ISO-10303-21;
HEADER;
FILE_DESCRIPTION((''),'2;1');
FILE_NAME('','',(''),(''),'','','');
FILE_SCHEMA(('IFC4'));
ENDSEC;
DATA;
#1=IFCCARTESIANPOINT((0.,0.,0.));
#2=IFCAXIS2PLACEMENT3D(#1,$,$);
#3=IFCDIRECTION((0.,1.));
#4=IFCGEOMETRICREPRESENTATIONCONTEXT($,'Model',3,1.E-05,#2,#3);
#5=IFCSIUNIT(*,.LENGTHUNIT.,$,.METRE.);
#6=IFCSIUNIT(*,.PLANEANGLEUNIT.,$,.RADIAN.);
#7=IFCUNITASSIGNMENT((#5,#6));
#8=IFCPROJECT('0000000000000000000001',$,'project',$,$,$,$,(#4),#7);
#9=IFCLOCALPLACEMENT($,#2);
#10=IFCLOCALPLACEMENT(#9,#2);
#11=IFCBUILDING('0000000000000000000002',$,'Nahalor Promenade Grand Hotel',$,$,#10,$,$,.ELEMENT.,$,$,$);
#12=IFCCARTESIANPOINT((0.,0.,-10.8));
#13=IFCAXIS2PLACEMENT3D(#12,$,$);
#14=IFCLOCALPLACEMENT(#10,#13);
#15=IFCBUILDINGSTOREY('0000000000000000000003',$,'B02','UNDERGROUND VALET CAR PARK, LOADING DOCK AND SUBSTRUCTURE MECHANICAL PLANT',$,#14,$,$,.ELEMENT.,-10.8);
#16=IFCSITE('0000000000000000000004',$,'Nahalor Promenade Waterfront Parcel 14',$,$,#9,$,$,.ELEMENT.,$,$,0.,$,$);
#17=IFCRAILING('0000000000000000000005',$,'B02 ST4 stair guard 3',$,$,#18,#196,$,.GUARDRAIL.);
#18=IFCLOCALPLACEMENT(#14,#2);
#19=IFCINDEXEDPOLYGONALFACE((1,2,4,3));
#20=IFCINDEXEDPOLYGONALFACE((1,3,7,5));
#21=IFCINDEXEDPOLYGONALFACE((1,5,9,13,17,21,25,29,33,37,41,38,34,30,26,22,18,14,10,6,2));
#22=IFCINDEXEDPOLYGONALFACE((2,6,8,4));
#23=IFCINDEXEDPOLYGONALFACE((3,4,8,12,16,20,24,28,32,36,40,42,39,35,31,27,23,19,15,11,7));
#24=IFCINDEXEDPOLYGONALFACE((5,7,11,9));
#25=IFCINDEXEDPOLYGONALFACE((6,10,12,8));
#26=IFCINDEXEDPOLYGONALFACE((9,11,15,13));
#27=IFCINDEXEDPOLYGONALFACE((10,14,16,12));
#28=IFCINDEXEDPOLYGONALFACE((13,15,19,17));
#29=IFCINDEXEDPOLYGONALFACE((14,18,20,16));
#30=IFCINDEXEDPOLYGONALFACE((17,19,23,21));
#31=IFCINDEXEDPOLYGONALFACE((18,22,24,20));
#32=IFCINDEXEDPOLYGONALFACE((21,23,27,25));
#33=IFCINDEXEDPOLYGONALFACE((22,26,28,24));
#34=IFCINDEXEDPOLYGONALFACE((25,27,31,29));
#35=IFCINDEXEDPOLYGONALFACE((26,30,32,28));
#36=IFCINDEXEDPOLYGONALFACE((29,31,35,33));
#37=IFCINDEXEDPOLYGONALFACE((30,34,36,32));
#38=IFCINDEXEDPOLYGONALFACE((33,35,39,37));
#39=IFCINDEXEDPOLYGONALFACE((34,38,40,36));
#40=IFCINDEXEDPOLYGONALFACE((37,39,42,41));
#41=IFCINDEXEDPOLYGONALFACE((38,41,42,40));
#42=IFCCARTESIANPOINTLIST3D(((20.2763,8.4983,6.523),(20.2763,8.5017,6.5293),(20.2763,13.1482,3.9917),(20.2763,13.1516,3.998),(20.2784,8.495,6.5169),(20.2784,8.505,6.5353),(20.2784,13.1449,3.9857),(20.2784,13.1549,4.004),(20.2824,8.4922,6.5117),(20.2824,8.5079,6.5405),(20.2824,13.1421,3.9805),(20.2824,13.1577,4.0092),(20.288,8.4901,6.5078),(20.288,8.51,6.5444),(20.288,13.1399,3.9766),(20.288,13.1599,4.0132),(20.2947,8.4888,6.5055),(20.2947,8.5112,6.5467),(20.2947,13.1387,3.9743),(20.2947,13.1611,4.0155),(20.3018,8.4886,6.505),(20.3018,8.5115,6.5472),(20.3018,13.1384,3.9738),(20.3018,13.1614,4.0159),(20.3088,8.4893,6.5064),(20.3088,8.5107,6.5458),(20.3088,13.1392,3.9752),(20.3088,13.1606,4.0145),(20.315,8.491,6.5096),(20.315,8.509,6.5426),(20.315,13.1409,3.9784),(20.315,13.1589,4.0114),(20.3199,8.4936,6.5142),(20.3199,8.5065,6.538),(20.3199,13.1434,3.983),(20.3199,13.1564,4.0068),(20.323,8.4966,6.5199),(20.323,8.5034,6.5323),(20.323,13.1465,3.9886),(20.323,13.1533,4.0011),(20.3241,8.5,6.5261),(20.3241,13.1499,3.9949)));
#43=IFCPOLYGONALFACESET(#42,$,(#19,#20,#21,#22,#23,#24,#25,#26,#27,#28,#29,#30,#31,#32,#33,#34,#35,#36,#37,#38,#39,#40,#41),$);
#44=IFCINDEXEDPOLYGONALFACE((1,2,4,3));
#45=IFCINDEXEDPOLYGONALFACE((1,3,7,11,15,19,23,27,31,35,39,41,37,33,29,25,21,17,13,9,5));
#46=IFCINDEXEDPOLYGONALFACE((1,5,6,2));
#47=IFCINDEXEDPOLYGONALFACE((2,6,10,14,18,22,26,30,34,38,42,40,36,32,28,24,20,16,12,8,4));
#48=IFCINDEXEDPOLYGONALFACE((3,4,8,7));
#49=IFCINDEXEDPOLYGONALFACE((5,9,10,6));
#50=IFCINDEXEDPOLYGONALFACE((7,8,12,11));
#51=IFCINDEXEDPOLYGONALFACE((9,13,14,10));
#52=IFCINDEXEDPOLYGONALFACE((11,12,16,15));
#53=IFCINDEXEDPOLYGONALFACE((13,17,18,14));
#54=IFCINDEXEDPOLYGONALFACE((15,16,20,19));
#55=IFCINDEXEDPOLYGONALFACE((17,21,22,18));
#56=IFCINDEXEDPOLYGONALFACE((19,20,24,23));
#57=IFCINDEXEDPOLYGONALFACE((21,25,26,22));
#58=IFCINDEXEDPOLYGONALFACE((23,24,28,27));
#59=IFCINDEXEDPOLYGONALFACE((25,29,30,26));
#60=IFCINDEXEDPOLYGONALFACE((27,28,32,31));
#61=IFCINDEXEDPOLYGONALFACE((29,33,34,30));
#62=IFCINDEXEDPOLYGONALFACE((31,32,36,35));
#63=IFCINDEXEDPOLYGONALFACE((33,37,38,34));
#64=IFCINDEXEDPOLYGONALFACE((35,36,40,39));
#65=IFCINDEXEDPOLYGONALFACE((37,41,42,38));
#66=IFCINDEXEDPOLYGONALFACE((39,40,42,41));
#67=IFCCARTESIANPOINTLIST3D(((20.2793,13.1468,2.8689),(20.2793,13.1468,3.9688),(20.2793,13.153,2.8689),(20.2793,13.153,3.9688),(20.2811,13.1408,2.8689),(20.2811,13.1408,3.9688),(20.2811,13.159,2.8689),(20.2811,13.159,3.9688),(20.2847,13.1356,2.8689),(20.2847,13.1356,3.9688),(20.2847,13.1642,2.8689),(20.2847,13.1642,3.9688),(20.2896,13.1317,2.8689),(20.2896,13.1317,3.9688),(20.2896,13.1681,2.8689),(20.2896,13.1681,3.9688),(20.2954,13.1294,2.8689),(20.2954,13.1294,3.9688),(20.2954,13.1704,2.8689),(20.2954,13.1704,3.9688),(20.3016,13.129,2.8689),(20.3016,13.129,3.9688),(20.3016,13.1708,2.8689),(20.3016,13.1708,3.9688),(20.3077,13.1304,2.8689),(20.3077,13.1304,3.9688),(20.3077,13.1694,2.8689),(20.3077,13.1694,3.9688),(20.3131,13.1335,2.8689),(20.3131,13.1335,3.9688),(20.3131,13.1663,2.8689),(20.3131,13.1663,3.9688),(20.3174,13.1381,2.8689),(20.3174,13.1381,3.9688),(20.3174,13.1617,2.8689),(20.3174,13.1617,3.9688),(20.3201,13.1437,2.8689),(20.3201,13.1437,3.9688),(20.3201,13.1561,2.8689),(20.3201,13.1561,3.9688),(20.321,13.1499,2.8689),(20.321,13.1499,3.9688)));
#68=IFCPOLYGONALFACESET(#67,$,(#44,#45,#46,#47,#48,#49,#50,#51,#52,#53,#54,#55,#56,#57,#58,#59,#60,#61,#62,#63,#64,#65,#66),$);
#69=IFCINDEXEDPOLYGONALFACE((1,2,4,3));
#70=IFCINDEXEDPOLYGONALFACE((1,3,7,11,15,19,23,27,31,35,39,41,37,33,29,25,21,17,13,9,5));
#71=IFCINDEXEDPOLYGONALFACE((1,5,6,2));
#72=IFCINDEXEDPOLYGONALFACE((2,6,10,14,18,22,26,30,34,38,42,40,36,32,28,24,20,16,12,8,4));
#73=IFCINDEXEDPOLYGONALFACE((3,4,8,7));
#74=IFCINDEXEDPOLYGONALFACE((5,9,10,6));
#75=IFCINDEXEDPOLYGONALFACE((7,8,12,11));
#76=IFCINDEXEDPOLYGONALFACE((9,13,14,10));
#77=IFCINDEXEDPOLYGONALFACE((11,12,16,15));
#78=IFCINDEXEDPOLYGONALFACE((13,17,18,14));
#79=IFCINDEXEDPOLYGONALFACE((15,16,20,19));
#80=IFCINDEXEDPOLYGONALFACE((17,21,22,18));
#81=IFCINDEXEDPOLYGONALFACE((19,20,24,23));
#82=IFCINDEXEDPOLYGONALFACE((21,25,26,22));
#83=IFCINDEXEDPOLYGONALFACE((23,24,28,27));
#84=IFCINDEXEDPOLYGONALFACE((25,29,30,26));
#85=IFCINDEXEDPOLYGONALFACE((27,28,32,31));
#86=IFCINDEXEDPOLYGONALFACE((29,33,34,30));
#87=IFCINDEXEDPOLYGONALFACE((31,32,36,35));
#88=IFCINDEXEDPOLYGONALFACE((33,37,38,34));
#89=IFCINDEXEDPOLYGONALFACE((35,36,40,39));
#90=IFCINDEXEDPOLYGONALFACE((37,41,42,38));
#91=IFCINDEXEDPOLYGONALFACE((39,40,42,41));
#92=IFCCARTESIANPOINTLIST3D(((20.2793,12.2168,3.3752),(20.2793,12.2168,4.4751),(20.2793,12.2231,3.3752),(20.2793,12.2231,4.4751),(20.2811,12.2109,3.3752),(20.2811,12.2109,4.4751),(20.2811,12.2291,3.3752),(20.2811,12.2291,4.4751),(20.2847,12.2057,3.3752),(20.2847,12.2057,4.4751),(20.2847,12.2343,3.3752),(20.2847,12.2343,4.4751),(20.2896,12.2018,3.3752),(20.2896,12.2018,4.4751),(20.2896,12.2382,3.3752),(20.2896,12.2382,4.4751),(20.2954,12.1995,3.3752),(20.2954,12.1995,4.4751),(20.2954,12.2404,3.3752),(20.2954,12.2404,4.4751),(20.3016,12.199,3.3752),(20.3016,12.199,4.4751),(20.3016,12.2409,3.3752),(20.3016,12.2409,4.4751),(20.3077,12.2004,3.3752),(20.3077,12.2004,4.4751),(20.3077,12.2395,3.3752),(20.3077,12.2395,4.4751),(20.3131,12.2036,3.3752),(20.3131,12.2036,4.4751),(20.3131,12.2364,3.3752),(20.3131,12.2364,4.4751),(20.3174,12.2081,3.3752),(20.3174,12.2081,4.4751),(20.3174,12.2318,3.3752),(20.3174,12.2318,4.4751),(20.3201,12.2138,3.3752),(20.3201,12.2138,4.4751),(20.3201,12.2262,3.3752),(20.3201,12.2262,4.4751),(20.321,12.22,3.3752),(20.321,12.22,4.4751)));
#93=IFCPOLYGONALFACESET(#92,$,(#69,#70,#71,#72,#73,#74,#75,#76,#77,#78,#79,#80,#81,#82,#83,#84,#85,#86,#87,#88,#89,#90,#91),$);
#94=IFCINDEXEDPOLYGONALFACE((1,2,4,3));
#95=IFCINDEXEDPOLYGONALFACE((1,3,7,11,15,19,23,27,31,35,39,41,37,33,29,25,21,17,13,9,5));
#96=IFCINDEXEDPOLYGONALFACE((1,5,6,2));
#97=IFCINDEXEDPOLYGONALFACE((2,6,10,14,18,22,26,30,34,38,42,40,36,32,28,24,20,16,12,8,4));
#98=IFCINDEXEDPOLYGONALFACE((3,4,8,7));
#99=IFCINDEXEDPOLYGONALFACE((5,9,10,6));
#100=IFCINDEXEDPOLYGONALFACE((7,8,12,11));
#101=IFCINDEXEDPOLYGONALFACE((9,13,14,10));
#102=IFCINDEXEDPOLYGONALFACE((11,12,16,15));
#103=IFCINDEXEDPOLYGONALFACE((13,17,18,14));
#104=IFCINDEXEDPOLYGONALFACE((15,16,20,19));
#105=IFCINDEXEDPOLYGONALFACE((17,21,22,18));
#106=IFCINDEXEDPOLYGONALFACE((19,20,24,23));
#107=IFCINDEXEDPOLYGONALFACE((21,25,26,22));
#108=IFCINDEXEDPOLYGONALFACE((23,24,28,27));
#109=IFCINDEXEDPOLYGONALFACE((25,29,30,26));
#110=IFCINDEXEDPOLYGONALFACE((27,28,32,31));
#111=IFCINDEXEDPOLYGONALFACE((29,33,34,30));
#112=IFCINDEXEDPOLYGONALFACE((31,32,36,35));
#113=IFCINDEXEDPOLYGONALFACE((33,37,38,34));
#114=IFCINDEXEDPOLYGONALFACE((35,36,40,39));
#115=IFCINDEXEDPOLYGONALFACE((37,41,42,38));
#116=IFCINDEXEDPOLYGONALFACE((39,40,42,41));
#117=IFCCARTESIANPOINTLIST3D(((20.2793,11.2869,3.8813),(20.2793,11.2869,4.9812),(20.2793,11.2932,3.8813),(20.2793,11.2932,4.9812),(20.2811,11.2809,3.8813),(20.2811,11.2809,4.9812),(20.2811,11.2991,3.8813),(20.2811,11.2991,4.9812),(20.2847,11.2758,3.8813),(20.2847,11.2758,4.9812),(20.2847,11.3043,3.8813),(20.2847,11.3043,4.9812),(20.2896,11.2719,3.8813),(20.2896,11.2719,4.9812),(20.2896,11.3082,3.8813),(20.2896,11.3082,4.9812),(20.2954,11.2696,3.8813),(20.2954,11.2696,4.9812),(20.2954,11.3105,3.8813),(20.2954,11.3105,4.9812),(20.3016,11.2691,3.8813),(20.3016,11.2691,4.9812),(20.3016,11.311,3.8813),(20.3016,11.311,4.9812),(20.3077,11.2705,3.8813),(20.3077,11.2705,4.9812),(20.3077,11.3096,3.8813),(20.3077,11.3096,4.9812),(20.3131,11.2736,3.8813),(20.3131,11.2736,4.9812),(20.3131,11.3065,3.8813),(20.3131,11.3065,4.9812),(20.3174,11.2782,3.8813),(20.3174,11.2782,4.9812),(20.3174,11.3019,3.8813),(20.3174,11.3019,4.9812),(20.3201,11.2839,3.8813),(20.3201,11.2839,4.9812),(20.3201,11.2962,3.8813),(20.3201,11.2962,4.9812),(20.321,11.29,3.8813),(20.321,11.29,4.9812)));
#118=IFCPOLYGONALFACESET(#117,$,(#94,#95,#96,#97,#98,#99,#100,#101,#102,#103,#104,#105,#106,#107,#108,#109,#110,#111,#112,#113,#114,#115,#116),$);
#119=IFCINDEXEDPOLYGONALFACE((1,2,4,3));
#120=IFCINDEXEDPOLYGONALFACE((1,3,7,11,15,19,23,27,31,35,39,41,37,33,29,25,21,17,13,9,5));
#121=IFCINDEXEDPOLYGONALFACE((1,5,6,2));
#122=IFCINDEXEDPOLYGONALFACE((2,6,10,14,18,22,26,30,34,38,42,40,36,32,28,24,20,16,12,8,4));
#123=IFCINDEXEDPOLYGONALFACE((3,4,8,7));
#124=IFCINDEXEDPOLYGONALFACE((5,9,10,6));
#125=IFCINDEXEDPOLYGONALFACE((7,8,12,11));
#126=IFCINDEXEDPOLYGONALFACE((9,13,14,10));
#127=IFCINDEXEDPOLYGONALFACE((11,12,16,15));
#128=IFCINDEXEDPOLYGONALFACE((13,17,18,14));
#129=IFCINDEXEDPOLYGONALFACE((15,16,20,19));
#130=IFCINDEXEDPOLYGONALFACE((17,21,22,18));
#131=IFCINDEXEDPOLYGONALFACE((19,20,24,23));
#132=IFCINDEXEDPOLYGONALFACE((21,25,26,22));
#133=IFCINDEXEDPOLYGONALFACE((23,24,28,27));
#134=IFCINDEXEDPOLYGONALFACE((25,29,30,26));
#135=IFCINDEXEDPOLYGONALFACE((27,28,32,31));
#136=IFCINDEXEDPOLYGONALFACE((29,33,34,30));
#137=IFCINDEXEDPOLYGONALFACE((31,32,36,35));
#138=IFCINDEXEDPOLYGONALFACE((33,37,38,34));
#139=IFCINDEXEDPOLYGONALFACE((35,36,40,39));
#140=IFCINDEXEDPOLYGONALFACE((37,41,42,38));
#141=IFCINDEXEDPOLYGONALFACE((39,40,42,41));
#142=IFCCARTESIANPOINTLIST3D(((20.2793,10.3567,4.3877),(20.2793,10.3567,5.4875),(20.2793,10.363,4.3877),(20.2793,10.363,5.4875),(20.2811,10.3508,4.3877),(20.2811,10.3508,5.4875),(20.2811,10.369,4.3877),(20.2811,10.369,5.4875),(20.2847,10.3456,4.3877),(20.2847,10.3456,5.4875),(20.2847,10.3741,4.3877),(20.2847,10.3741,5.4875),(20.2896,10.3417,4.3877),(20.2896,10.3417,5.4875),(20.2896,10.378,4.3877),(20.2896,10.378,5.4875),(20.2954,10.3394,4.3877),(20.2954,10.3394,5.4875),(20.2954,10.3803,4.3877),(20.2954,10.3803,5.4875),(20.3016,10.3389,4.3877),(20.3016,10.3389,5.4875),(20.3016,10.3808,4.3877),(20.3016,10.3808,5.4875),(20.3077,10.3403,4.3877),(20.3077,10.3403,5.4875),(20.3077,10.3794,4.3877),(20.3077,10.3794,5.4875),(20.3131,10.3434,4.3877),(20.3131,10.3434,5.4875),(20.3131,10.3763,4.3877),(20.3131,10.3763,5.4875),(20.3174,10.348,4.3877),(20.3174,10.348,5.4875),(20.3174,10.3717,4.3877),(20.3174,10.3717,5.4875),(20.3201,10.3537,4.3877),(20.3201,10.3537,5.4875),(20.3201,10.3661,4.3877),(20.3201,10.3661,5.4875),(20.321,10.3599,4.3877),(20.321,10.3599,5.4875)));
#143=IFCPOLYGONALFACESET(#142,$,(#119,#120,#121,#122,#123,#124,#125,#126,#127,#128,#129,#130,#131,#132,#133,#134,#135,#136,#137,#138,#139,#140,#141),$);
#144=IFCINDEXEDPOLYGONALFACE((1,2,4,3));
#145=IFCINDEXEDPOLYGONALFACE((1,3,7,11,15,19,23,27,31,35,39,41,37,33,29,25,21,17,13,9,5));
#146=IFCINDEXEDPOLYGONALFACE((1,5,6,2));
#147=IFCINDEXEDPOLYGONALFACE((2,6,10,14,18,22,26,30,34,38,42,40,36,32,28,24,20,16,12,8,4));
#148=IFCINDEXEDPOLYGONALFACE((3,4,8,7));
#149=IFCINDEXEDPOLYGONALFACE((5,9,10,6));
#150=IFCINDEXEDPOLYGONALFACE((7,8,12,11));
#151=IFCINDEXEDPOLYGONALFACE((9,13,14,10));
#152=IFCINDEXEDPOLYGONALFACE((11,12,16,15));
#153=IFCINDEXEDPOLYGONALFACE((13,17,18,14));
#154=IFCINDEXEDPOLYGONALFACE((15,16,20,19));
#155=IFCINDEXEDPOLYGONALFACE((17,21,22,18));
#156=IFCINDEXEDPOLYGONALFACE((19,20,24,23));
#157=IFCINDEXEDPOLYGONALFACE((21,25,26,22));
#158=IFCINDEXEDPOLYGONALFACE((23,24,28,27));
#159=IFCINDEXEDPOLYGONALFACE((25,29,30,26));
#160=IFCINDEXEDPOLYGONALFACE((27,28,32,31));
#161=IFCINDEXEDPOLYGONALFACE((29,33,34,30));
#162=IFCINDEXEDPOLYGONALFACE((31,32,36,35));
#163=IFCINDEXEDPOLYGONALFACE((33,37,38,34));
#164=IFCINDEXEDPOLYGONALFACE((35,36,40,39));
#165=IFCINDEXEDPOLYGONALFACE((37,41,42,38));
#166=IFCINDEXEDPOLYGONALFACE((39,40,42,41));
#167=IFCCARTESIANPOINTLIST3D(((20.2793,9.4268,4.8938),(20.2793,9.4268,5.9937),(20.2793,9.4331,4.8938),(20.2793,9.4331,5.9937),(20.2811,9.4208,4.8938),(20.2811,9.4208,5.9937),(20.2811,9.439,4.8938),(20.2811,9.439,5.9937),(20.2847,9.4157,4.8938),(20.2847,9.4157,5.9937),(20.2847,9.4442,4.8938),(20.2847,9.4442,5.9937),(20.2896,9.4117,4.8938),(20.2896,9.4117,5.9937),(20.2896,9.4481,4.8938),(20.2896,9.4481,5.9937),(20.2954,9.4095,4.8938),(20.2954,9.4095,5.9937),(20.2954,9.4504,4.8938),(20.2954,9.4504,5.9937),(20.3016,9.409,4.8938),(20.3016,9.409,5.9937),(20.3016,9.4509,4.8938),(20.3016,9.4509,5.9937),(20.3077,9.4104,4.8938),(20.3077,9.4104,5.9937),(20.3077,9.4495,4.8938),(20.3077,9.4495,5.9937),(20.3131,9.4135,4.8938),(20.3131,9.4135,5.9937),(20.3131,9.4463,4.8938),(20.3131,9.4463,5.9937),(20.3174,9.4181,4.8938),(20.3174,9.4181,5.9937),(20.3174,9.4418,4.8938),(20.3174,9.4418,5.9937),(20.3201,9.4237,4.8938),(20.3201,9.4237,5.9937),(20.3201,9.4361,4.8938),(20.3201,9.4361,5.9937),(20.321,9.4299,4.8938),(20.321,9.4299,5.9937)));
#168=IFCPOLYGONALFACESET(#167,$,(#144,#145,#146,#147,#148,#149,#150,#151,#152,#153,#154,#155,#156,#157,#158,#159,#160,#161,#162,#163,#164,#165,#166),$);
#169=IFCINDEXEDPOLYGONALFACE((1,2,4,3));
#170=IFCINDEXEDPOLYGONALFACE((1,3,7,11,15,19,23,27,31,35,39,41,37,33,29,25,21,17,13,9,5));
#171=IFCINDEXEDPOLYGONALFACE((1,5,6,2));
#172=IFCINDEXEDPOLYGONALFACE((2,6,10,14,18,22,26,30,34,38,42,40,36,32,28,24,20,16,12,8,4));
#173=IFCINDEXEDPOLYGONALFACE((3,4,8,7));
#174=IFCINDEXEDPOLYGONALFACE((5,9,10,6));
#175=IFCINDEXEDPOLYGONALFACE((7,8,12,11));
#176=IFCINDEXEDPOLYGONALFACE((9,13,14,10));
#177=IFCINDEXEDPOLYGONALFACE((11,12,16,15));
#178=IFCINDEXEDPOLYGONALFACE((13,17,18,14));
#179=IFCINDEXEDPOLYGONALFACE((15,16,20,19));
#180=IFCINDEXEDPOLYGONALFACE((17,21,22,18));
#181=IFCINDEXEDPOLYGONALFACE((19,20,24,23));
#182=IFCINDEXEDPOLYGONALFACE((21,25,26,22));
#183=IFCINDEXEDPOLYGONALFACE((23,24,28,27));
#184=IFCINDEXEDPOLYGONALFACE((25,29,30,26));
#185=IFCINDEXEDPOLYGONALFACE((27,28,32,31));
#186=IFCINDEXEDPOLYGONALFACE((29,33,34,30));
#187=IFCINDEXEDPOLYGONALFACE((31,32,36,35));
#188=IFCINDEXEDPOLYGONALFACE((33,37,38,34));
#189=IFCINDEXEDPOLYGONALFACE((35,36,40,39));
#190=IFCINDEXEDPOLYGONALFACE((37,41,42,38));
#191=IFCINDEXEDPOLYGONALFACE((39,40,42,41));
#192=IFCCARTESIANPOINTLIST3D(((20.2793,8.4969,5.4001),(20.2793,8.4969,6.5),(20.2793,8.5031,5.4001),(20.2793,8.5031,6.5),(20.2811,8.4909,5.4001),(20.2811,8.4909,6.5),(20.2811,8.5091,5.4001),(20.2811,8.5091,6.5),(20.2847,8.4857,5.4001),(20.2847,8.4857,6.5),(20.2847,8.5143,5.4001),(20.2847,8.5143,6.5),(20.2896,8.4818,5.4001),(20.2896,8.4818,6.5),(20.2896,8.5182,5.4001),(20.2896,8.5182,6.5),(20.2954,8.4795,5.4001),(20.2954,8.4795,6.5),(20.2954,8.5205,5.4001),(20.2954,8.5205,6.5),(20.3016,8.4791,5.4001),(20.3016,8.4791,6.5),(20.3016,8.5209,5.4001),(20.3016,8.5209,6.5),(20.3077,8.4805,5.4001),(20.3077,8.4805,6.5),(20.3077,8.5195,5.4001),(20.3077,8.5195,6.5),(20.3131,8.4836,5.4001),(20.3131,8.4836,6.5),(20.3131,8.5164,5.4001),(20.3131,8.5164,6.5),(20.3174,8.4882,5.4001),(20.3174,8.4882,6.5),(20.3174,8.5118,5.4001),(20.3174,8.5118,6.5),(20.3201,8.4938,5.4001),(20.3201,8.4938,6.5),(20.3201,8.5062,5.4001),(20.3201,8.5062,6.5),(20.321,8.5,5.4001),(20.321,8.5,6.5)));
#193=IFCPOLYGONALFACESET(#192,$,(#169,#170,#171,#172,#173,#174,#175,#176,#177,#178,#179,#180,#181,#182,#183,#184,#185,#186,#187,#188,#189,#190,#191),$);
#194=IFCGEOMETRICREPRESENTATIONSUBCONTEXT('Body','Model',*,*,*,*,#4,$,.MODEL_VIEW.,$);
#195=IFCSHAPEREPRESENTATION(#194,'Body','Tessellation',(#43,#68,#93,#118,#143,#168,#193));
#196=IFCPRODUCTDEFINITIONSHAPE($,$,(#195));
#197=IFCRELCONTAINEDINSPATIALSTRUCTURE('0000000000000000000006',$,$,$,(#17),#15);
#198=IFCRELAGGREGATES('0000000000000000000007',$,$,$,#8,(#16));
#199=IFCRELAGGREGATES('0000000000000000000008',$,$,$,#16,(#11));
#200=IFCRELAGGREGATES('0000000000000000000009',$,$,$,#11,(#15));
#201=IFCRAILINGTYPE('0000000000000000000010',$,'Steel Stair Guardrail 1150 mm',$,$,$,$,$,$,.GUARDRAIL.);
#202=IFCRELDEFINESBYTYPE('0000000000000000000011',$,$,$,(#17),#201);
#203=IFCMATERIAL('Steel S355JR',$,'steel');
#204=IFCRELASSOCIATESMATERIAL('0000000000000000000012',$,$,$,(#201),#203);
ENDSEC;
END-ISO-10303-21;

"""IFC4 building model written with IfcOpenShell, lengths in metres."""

from ifc_helpers import new_model, si_unit, direction, frame, origin, origin_2d, place, context, subcontext, project, spatial, circle, extrude, material, type_object, element, save


model = new_model("IFC4")

# Units and contexts
model_context = context("Model", 3, precision=1e-05, world=origin(), true_north=direction((0.0, 1.0)))
body_context = subcontext(model_context, "Body", "Model", "MODEL_VIEW")
ifc_project = project(units=[si_unit("LENGTHUNIT", "METRE"), si_unit("PLANEANGLEUNIT", "RADIAN")], contexts=[model_context])

# Site, building, storey
site_placement = place(None, origin())
site = spatial("IfcSite", under=ifc_project, at=site_placement, Name="Nahalor Promenade Waterfront Parcel 14", CompositionType="ELEMENT", RefElevation=0.0)
building_placement = place(site_placement, origin())
building = spatial("IfcBuilding", under=site, at=building_placement, Name="Nahalor Promenade Grand Hotel", CompositionType="ELEMENT")
storey_placement = place(building_placement, frame((0.0, 0.0, -10.8)))
storey = spatial("IfcBuildingStorey", under=building, at=storey_placement, Name="B02", Description="UNDERGROUND VALET CAR PARK, LOADING DOCK AND SUBSTRUCTURE MECHANICAL PLANT", CompositionType="ELEMENT", Elevation=-10.8)

# Shared definitions
ifc_material_1 = material(Name="Steel S355JR", Category="steel")

# Railing
railing_type_1 = type_object("IfcRailingType", Name="Steel Stair Guardrail 1150 mm", PredefinedType="GUARDRAIL", material=ifc_material_1)
railing_1_placement = place(storey_placement, frame((20.3, 13.1499, 2.8689)))
element("IfcRailing", 1, at=railing_1_placement, inside=storey, type_object=railing_type_1, Name="B02 ST4 stair guard 3", PredefinedType="GUARDRAIL", context=body_context, shape_type="SweptSolid", body=[
    extrude(circle(Radius=0.024, at=origin_2d()), frame((0.0, 0.0, 1.126), z_axis=(0.0, -0.878297, 0.478115), x_axis=(1.0, 0.0, 0.0)), (0.0, 0.0, 1.0), 5.2942),
    extrude(circle(Radius=0.021, at=origin_2d()), origin(), (0.0, 0.0, 1.0), 1.0999),
    extrude(circle(Radius=0.021, at=origin_2d()), frame((0.0, -0.9299, 0.5063)), (0.0, 0.0, 1.0), 1.0999),
    extrude(circle(Radius=0.021, at=origin_2d()), frame((0.0, -1.8599, 1.0125)), (0.0, 0.0, 1.0), 1.0999),
    extrude(circle(Radius=0.021, at=origin_2d()), frame((0.0, -2.79, 1.5188)), (0.0, 0.0, 1.0), 1.0999),
    extrude(circle(Radius=0.021, at=origin_2d()), frame((0.0, -3.72, 2.0249)), (0.0, 0.0, 1.0), 1.0999),
    extrude(circle(Radius=0.021, at=origin_2d()), frame((0.0, -4.6499, 2.5312)), (0.0, 0.0, 1.0), 1.0999),
])

save(model, "model.ifc")
